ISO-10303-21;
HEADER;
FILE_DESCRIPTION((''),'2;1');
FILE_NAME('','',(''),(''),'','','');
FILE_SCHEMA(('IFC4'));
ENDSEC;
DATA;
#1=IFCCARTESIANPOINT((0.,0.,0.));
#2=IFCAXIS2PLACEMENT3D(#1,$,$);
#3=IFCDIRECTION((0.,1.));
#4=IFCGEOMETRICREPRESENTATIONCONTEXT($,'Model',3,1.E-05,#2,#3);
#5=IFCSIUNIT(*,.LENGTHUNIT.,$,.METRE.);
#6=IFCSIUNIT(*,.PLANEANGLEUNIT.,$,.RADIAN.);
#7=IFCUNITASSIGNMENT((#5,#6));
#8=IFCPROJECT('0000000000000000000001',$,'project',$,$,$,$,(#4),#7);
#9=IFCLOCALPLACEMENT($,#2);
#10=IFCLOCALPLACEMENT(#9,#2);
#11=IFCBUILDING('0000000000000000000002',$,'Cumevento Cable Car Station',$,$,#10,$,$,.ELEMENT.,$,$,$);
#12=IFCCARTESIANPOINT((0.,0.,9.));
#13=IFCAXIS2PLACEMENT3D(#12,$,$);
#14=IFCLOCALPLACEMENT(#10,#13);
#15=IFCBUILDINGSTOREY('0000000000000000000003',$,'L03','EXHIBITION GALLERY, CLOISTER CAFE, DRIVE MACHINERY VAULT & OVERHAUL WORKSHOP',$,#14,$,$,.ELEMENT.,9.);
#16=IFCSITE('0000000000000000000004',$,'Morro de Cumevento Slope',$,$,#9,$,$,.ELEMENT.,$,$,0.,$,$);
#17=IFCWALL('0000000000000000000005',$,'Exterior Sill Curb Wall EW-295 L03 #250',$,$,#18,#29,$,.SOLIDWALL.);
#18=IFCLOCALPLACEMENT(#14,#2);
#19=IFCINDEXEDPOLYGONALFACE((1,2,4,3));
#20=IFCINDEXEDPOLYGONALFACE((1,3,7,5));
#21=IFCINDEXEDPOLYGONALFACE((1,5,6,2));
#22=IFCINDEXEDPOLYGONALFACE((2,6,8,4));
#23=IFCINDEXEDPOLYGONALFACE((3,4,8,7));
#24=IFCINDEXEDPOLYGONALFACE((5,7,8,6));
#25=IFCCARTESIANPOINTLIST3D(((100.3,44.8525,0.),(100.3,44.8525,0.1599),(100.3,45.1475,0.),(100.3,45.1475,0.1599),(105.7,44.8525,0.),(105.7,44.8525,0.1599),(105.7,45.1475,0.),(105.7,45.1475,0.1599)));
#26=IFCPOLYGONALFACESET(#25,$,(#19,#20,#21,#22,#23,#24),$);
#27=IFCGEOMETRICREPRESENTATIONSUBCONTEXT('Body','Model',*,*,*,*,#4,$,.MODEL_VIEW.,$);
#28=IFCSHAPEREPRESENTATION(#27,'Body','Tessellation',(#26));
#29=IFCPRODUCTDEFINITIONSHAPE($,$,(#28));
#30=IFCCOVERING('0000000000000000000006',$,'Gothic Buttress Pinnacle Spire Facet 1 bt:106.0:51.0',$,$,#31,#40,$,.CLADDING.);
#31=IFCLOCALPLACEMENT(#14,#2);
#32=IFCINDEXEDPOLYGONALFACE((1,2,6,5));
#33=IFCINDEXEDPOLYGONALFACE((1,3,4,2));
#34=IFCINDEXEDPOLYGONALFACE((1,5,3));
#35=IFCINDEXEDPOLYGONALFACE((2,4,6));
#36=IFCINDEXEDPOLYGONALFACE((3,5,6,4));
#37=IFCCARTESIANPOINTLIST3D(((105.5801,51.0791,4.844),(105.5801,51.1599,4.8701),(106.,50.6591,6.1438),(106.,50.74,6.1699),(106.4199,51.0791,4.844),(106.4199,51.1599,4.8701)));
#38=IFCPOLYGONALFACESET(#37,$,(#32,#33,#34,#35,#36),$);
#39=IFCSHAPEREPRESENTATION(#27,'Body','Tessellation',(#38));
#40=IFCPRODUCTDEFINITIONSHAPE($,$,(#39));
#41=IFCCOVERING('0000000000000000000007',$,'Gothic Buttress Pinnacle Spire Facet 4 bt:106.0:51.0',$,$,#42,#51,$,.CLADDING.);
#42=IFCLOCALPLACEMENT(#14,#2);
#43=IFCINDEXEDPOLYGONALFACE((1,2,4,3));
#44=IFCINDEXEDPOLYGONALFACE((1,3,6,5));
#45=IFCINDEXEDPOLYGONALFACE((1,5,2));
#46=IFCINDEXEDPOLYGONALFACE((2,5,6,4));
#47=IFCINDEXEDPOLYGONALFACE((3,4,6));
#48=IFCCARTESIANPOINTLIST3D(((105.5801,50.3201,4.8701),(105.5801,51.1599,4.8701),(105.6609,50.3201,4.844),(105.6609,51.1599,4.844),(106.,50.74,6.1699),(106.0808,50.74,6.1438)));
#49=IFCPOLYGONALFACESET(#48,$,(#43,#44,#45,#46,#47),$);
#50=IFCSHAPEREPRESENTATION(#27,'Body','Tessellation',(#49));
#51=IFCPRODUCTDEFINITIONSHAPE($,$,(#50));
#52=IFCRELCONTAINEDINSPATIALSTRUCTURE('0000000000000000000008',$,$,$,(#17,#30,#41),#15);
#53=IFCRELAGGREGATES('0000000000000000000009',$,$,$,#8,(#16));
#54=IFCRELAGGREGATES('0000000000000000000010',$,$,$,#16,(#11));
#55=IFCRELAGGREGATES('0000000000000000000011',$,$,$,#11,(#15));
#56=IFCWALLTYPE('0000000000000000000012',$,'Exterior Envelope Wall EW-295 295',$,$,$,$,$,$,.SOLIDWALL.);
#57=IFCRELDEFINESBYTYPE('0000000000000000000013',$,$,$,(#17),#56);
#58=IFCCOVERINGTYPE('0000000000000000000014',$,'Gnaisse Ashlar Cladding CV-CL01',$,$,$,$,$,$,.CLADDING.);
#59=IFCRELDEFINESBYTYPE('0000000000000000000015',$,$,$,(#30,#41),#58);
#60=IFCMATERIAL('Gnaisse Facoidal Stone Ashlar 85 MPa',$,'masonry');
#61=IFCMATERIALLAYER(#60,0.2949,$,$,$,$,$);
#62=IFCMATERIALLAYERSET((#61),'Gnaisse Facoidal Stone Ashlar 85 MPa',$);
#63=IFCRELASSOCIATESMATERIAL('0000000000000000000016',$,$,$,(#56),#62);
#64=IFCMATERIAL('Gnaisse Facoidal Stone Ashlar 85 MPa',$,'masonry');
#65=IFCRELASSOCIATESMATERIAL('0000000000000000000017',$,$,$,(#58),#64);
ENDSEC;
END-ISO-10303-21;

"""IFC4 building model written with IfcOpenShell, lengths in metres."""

from ifc_helpers import new_model, si_unit, direction, frame, frame_2d, origin, place, context, subcontext, project, spatial, polyline, rectangle, outline, extrude, material, layer, layer_set, type_object, element, save


model = new_model("IFC4")

# Units and contexts
model_context = context("Model", 3, precision=1e-05, world=origin(), true_north=direction((0.0, 1.0)))
body_context = subcontext(model_context, "Body", "Model", "MODEL_VIEW")
ifc_project = project(units=[si_unit("LENGTHUNIT", "METRE"), si_unit("PLANEANGLEUNIT", "RADIAN")], contexts=[model_context])

# Site, building, storey
site_placement = place(None, origin())
site = spatial("IfcSite", under=ifc_project, at=site_placement, Name="Morro de Cumevento Slope", CompositionType="ELEMENT", RefElevation=0.0)
building_placement = place(site_placement, origin())
building = spatial("IfcBuilding", under=site, at=building_placement, Name="Cumevento Cable Car Station", CompositionType="ELEMENT")
storey_placement = place(building_placement, frame((0.0, 0.0, 9.0)))
storey = spatial("IfcBuildingStorey", under=building, at=storey_placement, Name="L03", Description="EXHIBITION GALLERY, CLOISTER CAFE, DRIVE MACHINERY VAULT & OVERHAUL WORKSHOP", CompositionType="ELEMENT", Elevation=9.0)

# Wall
ifc_material_1 = material(Name="Gnaisse Facoidal Stone Ashlar 85 MPa", Category="masonry")
ifc_layer_1 = layer(ifc_material_1, 0.2949)
ifc_layer_set_1 = layer_set([ifc_layer_1], Name="Gnaisse Facoidal Stone Ashlar 85 MPa")
wall_type = type_object("IfcWallType", Name="Exterior Envelope Wall EW-295 295", PredefinedType="SOLIDWALL", material=ifc_layer_set_1)
wall_placement = place(storey_placement, frame((105.7, 45.0, 0.0), z_axis=(0.0, 0.0, 1.0), x_axis=(-1.0, 0.0, 0.0)))
element("IfcWall", 1, at=wall_placement, inside=storey, type_object=wall_type, Name="Exterior Sill Curb Wall EW-295 L03 #250", PredefinedType="SOLIDWALL", context=body_context, shape_type="SweptSolid", body=[
    extrude(rectangle(XDim=5.3999, YDim=0.2949, at=frame_2d((2.7, 0.0))), origin(), (0.0, 0.0, 1.0), 0.1599),
])

# Coverings
ifc_material_2 = material(Name="Gnaisse Facoidal Stone Ashlar 85 MPa", Category="masonry")
covering_type = type_object("IfcCoveringType", Name="Gnaisse Ashlar Cladding CV-CL01", PredefinedType="CLADDING", material=ifc_material_2)
for number, where, z_axis, x_axis, name in (
    (2, (105.5801, 51.1599, 4.8701), (0.0, 0.951574, 0.307421), (1.0, 0.0, 0.0), "Gothic Buttress Pinnacle Spire Facet 1 bt:106.0:51.0"),
    (3, (105.5801, 50.3201, 4.8701), (-0.951574, 0.0, 0.307421), (0.0, 1.0, 0.0), "Gothic Buttress Pinnacle Spire Facet 4 bt:106.0:51.0"),
):
    element("IfcCovering", number, at=place(storey_placement, frame(where, z_axis=z_axis, x_axis=x_axis)), inside=storey, type_object=covering_type, Name=name, PredefinedType="CLADDING", context=body_context, shape_type="SweptSolid", body=[
        extrude(outline(polyline([(0.0, 0.0), (0.8398, 0.0), (0.4199, -1.366), (0.0, 0.0)])), origin(), (0.0, 0.0, -1.0), 0.085),
    ])

save(model, "model.ifc")
